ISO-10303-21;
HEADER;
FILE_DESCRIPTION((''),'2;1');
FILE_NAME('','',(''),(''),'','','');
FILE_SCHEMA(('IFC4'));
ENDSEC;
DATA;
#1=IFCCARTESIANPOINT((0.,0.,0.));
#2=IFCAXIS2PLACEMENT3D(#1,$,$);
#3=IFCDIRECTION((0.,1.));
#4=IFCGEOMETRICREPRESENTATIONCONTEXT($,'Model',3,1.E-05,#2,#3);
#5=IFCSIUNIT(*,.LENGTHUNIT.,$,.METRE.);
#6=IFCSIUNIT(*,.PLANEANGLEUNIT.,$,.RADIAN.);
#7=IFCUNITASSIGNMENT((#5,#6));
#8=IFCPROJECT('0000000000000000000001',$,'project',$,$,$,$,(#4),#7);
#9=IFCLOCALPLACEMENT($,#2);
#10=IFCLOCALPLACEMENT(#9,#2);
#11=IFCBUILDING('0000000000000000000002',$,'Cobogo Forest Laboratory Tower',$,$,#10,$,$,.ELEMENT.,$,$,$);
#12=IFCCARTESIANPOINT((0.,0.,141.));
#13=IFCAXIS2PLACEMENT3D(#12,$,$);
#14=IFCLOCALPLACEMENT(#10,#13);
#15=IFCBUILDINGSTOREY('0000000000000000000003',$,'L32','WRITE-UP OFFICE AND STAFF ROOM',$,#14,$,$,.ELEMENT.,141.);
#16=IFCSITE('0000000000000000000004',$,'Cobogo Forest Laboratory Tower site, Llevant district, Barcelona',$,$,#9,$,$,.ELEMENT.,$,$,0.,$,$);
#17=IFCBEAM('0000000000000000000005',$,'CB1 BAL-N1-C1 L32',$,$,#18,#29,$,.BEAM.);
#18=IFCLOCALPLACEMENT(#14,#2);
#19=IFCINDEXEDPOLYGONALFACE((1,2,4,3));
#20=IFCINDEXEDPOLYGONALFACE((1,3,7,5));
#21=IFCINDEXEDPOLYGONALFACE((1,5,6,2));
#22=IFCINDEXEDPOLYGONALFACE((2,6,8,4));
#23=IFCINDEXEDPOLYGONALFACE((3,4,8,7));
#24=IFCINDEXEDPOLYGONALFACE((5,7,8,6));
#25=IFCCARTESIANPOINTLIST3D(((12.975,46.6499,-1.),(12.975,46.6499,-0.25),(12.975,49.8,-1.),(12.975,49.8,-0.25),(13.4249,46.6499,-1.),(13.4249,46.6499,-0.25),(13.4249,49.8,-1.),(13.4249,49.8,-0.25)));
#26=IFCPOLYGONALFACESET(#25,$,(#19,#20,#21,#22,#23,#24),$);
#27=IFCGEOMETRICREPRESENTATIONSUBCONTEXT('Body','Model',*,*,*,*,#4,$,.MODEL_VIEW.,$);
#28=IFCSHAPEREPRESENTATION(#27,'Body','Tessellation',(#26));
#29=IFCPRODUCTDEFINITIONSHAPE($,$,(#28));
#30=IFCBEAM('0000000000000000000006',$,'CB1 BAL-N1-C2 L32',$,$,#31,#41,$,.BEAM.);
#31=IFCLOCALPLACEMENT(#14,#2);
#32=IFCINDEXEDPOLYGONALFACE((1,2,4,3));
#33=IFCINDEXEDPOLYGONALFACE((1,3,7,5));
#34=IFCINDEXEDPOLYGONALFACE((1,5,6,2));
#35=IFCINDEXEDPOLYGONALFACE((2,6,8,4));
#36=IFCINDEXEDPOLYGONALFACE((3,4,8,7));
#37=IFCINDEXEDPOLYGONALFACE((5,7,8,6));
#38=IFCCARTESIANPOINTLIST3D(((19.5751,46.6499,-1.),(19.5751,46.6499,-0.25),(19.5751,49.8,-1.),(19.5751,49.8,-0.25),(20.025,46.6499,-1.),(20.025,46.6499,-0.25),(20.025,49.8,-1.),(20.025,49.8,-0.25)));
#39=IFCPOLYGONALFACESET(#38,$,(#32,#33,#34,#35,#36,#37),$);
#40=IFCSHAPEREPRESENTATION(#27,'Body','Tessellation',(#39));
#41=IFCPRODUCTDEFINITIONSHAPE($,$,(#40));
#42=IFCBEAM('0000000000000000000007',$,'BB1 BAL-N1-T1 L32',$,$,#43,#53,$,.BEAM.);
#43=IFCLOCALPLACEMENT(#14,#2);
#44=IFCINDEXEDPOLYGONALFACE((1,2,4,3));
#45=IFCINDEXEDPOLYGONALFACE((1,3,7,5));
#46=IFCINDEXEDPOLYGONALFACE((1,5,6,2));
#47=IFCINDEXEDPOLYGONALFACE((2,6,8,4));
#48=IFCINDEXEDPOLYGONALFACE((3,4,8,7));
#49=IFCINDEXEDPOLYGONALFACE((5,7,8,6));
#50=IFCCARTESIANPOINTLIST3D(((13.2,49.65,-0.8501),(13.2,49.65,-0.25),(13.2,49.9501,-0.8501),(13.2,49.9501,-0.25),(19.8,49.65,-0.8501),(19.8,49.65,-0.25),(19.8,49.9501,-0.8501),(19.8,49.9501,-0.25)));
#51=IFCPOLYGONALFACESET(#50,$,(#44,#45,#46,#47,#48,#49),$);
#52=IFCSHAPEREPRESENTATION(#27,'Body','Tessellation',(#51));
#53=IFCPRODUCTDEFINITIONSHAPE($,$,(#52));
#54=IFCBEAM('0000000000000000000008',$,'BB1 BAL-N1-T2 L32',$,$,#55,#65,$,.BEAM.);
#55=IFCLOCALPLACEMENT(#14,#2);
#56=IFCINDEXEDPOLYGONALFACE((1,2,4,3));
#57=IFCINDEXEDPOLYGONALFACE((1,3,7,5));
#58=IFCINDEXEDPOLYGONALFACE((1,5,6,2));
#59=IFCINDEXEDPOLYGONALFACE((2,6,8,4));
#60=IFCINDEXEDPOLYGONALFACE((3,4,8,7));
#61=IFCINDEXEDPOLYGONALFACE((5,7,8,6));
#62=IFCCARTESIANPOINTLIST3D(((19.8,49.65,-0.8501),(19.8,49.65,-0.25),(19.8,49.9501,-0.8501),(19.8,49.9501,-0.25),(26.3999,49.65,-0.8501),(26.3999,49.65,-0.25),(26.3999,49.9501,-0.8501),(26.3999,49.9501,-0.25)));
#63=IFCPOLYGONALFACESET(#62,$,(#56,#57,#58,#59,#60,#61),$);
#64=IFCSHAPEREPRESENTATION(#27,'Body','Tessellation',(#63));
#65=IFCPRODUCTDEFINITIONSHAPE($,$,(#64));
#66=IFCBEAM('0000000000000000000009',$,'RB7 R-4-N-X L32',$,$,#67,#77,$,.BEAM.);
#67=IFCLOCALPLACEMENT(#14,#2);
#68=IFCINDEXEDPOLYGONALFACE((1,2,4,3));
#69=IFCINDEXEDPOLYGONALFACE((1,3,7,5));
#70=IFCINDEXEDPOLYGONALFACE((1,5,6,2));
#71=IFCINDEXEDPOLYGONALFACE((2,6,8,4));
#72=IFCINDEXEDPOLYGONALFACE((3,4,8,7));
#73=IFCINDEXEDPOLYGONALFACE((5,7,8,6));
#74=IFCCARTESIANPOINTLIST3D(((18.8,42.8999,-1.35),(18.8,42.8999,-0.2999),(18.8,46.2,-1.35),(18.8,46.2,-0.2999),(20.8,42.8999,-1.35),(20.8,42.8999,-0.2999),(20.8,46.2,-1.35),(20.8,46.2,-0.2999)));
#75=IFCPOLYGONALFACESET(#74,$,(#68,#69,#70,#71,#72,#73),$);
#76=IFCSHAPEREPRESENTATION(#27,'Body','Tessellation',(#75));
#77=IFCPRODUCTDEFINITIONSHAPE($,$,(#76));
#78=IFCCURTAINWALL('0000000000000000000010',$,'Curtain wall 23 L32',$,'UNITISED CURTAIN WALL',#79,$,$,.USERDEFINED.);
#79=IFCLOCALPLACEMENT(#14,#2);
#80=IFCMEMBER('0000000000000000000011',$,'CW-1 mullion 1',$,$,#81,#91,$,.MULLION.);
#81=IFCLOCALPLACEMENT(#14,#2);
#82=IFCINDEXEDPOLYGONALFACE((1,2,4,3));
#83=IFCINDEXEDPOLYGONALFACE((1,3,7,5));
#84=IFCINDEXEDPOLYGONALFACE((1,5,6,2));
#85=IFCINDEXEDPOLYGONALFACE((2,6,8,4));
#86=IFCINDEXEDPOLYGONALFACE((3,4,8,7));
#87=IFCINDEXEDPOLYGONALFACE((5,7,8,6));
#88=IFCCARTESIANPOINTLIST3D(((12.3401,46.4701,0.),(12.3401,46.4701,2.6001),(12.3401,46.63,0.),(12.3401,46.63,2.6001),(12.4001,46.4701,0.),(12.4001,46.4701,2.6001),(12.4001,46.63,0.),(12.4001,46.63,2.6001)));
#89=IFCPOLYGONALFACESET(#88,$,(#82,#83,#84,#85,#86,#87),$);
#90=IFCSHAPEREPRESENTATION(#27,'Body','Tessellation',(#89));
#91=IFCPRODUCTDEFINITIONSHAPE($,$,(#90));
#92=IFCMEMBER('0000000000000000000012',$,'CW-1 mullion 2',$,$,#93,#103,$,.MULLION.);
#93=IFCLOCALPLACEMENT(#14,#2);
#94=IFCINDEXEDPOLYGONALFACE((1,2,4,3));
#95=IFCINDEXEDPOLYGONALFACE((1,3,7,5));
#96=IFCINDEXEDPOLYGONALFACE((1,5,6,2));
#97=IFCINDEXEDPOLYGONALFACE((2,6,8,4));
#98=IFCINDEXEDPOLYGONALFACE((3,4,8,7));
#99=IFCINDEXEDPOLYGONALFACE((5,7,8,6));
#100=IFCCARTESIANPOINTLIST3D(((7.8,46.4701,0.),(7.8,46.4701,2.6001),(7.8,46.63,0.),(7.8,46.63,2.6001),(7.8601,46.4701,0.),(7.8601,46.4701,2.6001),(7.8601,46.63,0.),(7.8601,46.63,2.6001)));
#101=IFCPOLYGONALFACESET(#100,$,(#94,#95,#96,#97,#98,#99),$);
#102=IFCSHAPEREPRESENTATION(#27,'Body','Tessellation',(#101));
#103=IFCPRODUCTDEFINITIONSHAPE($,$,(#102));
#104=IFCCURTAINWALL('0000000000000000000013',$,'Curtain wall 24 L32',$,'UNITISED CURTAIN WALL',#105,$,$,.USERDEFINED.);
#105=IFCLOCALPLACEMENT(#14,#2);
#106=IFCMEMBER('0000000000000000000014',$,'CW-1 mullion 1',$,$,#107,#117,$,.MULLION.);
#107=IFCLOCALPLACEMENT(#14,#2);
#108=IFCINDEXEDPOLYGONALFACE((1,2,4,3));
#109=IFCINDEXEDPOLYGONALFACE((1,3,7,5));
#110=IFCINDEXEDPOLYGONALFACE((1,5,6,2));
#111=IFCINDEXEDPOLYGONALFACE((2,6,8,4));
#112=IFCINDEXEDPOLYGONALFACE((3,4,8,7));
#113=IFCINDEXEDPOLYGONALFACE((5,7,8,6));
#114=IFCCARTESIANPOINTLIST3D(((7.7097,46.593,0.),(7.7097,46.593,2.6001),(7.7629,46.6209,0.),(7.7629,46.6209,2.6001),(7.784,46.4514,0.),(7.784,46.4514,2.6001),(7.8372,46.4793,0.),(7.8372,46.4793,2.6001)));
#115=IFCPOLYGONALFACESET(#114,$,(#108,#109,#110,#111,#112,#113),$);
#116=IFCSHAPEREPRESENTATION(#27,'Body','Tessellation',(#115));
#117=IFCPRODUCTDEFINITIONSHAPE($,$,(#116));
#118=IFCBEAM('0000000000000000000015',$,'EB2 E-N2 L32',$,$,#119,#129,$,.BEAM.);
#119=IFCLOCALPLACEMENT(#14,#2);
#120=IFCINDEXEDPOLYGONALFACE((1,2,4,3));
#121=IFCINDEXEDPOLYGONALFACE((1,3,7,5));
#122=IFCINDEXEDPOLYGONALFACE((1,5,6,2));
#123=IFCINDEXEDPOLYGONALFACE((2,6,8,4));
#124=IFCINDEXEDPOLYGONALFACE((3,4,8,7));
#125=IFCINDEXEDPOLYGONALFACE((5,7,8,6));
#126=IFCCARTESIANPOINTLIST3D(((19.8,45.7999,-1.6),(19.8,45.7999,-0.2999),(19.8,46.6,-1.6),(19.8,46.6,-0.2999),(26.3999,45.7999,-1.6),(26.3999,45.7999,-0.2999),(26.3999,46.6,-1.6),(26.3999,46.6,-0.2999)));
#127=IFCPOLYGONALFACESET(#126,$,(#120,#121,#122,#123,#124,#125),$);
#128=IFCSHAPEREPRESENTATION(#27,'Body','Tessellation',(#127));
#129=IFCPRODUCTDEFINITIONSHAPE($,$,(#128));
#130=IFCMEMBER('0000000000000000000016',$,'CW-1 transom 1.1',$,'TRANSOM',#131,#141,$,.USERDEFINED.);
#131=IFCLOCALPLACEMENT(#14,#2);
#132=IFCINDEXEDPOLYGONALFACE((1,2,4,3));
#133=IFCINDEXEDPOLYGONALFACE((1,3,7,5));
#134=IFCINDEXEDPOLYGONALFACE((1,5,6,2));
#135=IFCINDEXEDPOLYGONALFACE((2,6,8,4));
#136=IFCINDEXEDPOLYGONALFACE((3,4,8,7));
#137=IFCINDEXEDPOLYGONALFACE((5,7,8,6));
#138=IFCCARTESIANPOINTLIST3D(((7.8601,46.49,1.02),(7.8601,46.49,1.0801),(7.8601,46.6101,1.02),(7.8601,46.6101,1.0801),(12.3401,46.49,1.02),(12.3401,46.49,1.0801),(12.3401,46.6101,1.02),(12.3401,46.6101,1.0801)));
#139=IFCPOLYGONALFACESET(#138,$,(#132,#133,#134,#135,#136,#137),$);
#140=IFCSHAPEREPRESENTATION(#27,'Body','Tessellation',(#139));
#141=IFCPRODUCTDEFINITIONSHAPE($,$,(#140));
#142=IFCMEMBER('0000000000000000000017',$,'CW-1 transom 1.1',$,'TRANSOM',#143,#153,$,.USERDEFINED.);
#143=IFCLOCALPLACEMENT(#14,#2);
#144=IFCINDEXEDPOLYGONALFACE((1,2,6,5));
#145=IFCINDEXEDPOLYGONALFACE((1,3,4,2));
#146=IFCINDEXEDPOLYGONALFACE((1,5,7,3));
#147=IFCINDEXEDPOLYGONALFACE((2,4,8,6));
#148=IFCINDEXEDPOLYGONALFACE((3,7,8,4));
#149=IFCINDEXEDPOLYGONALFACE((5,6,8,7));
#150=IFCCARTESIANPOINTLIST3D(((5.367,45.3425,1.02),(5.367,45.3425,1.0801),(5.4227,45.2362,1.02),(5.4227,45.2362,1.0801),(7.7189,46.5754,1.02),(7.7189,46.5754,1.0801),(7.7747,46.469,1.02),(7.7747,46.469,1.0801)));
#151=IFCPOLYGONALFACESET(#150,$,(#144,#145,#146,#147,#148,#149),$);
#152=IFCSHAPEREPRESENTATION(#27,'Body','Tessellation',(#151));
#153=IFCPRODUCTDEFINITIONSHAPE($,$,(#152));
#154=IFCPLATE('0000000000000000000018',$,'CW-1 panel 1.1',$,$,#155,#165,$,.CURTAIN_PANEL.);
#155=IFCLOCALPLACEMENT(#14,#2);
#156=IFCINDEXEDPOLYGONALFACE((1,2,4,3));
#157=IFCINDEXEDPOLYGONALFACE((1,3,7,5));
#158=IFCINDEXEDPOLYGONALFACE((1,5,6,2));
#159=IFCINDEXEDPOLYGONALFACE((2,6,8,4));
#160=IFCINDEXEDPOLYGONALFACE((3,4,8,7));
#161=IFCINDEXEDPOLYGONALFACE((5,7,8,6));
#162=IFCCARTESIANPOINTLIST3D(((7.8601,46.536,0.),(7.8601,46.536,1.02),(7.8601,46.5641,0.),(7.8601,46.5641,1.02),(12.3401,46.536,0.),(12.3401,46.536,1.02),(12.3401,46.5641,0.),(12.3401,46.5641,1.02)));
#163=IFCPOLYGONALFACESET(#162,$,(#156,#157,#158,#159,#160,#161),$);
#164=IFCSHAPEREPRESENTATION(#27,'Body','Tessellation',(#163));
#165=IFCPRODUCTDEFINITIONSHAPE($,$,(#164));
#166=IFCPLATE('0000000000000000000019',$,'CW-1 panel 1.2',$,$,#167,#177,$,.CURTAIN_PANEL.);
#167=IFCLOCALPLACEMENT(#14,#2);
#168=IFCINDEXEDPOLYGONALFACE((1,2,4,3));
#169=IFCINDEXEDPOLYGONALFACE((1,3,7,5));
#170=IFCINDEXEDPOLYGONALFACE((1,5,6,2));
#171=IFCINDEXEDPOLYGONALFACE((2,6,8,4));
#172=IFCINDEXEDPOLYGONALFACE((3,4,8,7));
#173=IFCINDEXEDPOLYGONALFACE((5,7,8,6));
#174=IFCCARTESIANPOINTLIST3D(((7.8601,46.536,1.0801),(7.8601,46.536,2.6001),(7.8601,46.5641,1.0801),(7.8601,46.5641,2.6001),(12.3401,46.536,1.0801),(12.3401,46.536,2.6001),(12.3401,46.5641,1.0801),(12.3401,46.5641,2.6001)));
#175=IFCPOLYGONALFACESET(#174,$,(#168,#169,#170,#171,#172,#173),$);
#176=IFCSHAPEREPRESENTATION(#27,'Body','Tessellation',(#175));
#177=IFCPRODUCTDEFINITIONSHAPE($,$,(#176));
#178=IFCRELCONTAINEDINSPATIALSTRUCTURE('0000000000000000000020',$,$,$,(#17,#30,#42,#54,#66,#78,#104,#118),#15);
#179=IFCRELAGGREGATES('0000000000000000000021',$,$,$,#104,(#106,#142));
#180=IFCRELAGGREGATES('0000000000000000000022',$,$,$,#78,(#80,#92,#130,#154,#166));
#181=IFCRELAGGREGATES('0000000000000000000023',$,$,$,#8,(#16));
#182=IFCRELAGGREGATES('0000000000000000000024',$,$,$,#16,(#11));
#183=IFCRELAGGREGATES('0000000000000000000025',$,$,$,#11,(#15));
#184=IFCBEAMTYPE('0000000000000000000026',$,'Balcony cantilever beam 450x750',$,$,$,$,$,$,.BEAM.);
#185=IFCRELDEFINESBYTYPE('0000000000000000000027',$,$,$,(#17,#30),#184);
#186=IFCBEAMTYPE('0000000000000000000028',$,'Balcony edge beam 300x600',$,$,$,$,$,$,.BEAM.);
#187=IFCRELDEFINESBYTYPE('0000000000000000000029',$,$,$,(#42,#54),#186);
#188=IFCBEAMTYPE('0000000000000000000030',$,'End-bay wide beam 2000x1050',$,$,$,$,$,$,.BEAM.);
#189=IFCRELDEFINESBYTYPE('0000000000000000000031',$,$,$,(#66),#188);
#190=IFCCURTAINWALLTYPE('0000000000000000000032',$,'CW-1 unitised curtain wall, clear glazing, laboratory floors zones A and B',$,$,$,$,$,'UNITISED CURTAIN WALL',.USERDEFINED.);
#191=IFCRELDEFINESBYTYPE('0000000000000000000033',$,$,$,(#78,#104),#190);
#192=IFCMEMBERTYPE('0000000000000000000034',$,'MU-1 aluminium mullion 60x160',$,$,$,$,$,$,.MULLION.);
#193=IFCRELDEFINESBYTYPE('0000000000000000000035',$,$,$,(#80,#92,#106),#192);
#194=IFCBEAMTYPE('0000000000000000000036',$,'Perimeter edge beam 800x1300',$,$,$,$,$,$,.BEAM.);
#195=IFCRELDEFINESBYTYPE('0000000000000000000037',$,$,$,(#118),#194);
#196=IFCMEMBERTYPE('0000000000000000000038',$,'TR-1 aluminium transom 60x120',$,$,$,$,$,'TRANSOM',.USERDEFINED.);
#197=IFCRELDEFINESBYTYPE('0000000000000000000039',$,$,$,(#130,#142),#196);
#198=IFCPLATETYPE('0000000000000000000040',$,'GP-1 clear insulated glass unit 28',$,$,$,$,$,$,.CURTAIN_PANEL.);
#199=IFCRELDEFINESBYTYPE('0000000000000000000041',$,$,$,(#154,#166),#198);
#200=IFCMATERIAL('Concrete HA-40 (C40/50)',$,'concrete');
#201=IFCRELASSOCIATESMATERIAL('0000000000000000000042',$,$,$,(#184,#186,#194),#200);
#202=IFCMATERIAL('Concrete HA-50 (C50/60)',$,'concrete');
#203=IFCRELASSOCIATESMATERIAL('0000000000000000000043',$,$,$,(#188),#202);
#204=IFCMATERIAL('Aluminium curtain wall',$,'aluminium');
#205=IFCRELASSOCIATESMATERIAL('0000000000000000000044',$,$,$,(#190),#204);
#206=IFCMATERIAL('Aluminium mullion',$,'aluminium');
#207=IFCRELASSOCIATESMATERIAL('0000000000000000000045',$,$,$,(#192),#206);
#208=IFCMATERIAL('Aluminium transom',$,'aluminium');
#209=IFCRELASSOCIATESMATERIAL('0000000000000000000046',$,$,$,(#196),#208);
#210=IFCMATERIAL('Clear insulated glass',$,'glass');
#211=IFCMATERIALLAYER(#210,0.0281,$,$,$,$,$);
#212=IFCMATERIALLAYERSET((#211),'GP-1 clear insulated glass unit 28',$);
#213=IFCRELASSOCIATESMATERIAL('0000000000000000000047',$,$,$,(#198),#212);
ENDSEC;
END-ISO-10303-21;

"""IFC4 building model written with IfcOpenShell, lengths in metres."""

from ifc_helpers import new_model, si_unit, direction, frame, origin, origin_2d, place, context, subcontext, project, spatial, rectangle, extrude, material, layer, layer_set, material_profile, profile_set, type_object, element, aggregate, save


model = new_model("IFC4")

# Units and contexts
model_context = context("Model", 3, precision=1e-05, world=origin(), true_north=direction((0.0, 1.0)))
body_context = subcontext(model_context, "Body", "Model", "MODEL_VIEW")
ifc_project = project(units=[si_unit("LENGTHUNIT", "METRE"), si_unit("PLANEANGLEUNIT", "RADIAN")], contexts=[model_context])

# Site, building, storey
site_placement = place(None, origin())
site = spatial("IfcSite", under=ifc_project, at=site_placement, Name="Cobogo Forest Laboratory Tower site, Llevant district, Barcelona", CompositionType="ELEMENT", RefElevation=0.0)
building_placement = place(site_placement, origin())
building = spatial("IfcBuilding", under=site, at=building_placement, Name="Cobogo Forest Laboratory Tower", CompositionType="ELEMENT")
storey_placement = place(building_placement, frame((0.0, 0.0, 141.0)))
storey = spatial("IfcBuildingStorey", under=building, at=storey_placement, Name="L32", Description="WRITE-UP OFFICE AND STAFF ROOM", CompositionType="ELEMENT", Elevation=141.0)

# Beams
ifc_material_1 = material(Name="Concrete HA-40 (C40/50)", Category="concrete")
ifc_material_profile_1 = material_profile(ifc_material_1, rectangle(XDim=0.45, YDim=0.75, at=origin_2d()), Name="RC 450x750")
ifc_profile_set_1 = profile_set([ifc_material_profile_1], Name="Concrete HA-40 (C40/50)")
beam_type_1 = type_object("IfcBeamType", Name="Balcony cantilever beam 450x750", PredefinedType="BEAM", material=ifc_profile_set_1)
for number, where, z_axis, x_axis, name in (
    (1, (13.2, 46.6499, -0.625), (0.0, 1.0, 0.0), (-1.0, 0.0, 0.0), "CB1 BAL-N1-C1 L32"),
    (2, (19.8, 46.6499, -0.625), (0.0, 1.0, 0.0), (-1.0, 0.0, 0.0), "CB1 BAL-N1-C2 L32"),
):
    element("IfcBeam", number, at=place(storey_placement, frame(where, z_axis=z_axis, x_axis=x_axis)), inside=storey, type_object=beam_type_1, Name=name, PredefinedType="BEAM", context=body_context, shape_type="SweptSolid", body=[
        extrude(rectangle(XDim=0.45, YDim=0.75, at=origin_2d()), origin(), (0.0, 0.0, 1.0), 3.1501),
    ])
ifc_material_profile_2 = material_profile(ifc_material_1, rectangle(XDim=0.3, YDim=0.6001, at=origin_2d()), Name="RC 300x600")
ifc_profile_set_2 = profile_set([ifc_material_profile_2], Name="Concrete HA-40 (C40/50)")
beam_type_2 = type_object("IfcBeamType", Name="Balcony edge beam 300x600", PredefinedType="BEAM", material=ifc_profile_set_2)
beam_1_placement = place(storey_placement, frame((13.2, 49.8, -0.55), z_axis=(1.0, 0.0, 0.0), x_axis=(0.0, 1.0, 0.0)))
element("IfcBeam", 3, at=beam_1_placement, inside=storey, type_object=beam_type_2, Name="BB1 BAL-N1-T1 L32", PredefinedType="BEAM", context=body_context, shape_type="SweptSolid", body=[
    extrude(rectangle(XDim=0.3, YDim=0.6001, at=origin_2d()), origin(), (0.0, 0.0, 1.0), 6.6001),
])
beam_2_placement = place(storey_placement, frame((19.8, 49.8, -0.55), z_axis=(1.0, 0.0, 0.0), x_axis=(0.0, 1.0, 0.0)))
element("IfcBeam", 4, at=beam_2_placement, inside=storey, type_object=beam_type_2, Name="BB1 BAL-N1-T2 L32", PredefinedType="BEAM", context=body_context, shape_type="SweptSolid", body=[
    extrude(rectangle(XDim=0.3, YDim=0.6001, at=origin_2d()), origin(), (0.0, 0.0, 1.0), 6.5999),
])
ifc_material_2 = material(Name="Concrete HA-50 (C50/60)", Category="concrete")
ifc_material_profile_3 = material_profile(ifc_material_2, rectangle(XDim=2.0, YDim=1.05, at=origin_2d()), Name="RC 2000x1050")
ifc_profile_set_3 = profile_set([ifc_material_profile_3], Name="Concrete HA-50 (C50/60)")
beam_type_3 = type_object("IfcBeamType", Name="End-bay wide beam 2000x1050", PredefinedType="BEAM", material=ifc_profile_set_3)
beam_3_placement = place(storey_placement, frame((19.8, 46.2, -0.825), z_axis=(0.0, -1.0, 0.0), x_axis=(1.0, 0.0, 0.0)))
element("IfcBeam", 5, at=beam_3_placement, inside=storey, type_object=beam_type_3, Name="RB7 R-4-N-X L32", PredefinedType="BEAM", context=body_context, shape_type="SweptSolid", body=[
    extrude(rectangle(XDim=2.0, YDim=1.05, at=origin_2d()), origin(), (0.0, 0.0, 1.0), 3.3),
])

# Curtain wall, members
ifc_material_3 = material(Name="Aluminium curtain wall", Category="aluminium")
curtain_wall_type = type_object("IfcCurtainWallType", Name="CW-1 unitised curtain wall, clear glazing, laboratory floors zones A and B", ElementType="UNITISED CURTAIN WALL", PredefinedType="USERDEFINED", material=ifc_material_3)
curtain_wall_1_placement = place(storey_placement, origin())
curtain_wall_1 = element("IfcCurtainWall", 6, at=curtain_wall_1_placement, inside=storey, type_object=curtain_wall_type, Name="Curtain wall 23 L32", ObjectType="UNITISED CURTAIN WALL", PredefinedType="USERDEFINED")
ifc_material_4 = material(Name="Aluminium mullion", Category="aluminium")
ifc_material_profile_4 = material_profile(ifc_material_4, rectangle(XDim=0.0601, YDim=0.1599, at=origin_2d()), Name="AL 60x160")
ifc_profile_set_4 = profile_set([ifc_material_profile_4], Name="Aluminium mullion")
member_type_1 = type_object("IfcMemberType", Name="MU-1 aluminium mullion 60x160", PredefinedType="MULLION", material=ifc_profile_set_4)
member_1_placement = place(storey_placement, frame((12.3701, 46.55, 0.0), z_axis=(0.0, 0.0, 1.0), x_axis=(-1.0, 0.0, 0.0)))
member_1 = element("IfcMember", 7, at=member_1_placement, type_object=member_type_1, Name="CW-1 mullion 1", PredefinedType="MULLION", context=body_context, shape_type="SweptSolid", body=[
    extrude(rectangle(XDim=0.0601, YDim=0.1599, at=origin_2d()), origin(), (0.0, 0.0, 1.0), 2.6001),
])
member_2_placement = place(storey_placement, frame((7.8301, 46.55, 0.0), z_axis=(0.0, 0.0, 1.0), x_axis=(-1.0, 0.0, 0.0)))
member_2 = element("IfcMember", 8, at=member_2_placement, type_object=member_type_1, Name="CW-1 mullion 2", PredefinedType="MULLION", context=body_context, shape_type="SweptSolid", body=[
    extrude(rectangle(XDim=0.0601, YDim=0.1599, at=origin_2d()), origin(), (0.0, 0.0, 1.0), 2.6001),
])

# Curtain wall, member
curtain_wall_2_placement = place(storey_placement, origin())
curtain_wall_2 = element("IfcCurtainWall", 9, at=curtain_wall_2_placement, inside=storey, type_object=curtain_wall_type, Name="Curtain wall 24 L32", ObjectType="UNITISED CURTAIN WALL", PredefinedType="USERDEFINED")
member_3_placement = place(storey_placement, frame((7.7734, 46.5361, 0.0), z_axis=(0.0, 0.0, 1.0), x_axis=(-0.885687, -0.464284, 0.0)))
member_3 = element("IfcMember", 10, at=member_3_placement, type_object=member_type_1, Name="CW-1 mullion 1", PredefinedType="MULLION", context=body_context, shape_type="SweptSolid", body=[
    extrude(rectangle(XDim=0.0601, YDim=0.1599, at=origin_2d()), origin(), (0.0, 0.0, 1.0), 2.6001),
])

# Beam
ifc_material_profile_5 = material_profile(ifc_material_1, rectangle(XDim=0.8, YDim=1.3, at=origin_2d()), Name="RC 800x1300")
ifc_profile_set_5 = profile_set([ifc_material_profile_5], Name="Concrete HA-40 (C40/50)")
beam_type_4 = type_object("IfcBeamType", Name="Perimeter edge beam 800x1300", PredefinedType="BEAM", material=ifc_profile_set_5)
beam_4_placement = place(storey_placement, frame((19.8, 46.2, -0.95), z_axis=(1.0, 0.0, 0.0), x_axis=(0.0, 1.0, 0.0)))
element("IfcBeam", 11, at=beam_4_placement, inside=storey, type_object=beam_type_4, Name="EB2 E-N2 L32", PredefinedType="BEAM", context=body_context, shape_type="SweptSolid", body=[
    extrude(rectangle(XDim=0.8, YDim=1.3, at=origin_2d()), origin(), (0.0, 0.0, 1.0), 6.5999),
])

# Members
ifc_material_5 = material(Name="Aluminium transom", Category="aluminium")
ifc_material_profile_6 = material_profile(ifc_material_5, rectangle(XDim=0.1201, YDim=0.0601, at=origin_2d()), Name="AL 60x120")
ifc_profile_set_6 = profile_set([ifc_material_profile_6], Name="Aluminium transom")
member_type_2 = type_object("IfcMemberType", Name="TR-1 aluminium transom 60x120", ElementType="TRANSOM", PredefinedType="USERDEFINED", material=ifc_profile_set_6)
member_4_placement = place(storey_placement, frame((12.3401, 46.55, 1.05), z_axis=(-1.0, 0.0, 0.0), x_axis=(0.0, -1.0, 0.0)))
member_4 = element("IfcMember", 12, at=member_4_placement, type_object=member_type_2, Name="CW-1 transom 1.1", ObjectType="TRANSOM", PredefinedType="USERDEFINED", context=body_context, shape_type="SweptSolid", body=[
    extrude(rectangle(XDim=0.1201, YDim=0.0601, at=origin_2d()), origin(), (0.0, 0.0, 1.0), 4.48),
])
member_5_placement = place(storey_placement, frame((7.7468, 46.5222, 1.05), z_axis=(-0.885695, -0.464268, 0.0), x_axis=(0.464268, -0.885695, 0.0)))
member_5 = element("IfcMember", 13, at=member_5_placement, type_object=member_type_2, Name="CW-1 transom 1.1", ObjectType="TRANSOM", PredefinedType="USERDEFINED", context=body_context, shape_type="SweptSolid", body=[
    extrude(rectangle(XDim=0.1201, YDim=0.0601, at=origin_2d()), origin(), (0.0, 0.0, 1.0), 2.6555),
])
aggregate(curtain_wall_2, [member_3, member_5])

# Plates
ifc_material_6 = material(Name="Clear insulated glass", Category="glass")
ifc_layer_1 = layer(ifc_material_6, 0.0281)
ifc_layer_set_1 = layer_set([ifc_layer_1], Name="GP-1 clear insulated glass unit 28")
plate_type = type_object("IfcPlateType", Name="GP-1 clear insulated glass unit 28", PredefinedType="CURTAIN_PANEL", material=ifc_layer_set_1)
plate_1_placement = place(storey_placement, frame((10.1001, 46.55, 0.0), z_axis=(0.0, 0.0, 1.0), x_axis=(-1.0, 0.0, 0.0)))
plate_1 = element("IfcPlate", 14, at=plate_1_placement, type_object=plate_type, Name="CW-1 panel 1.1", PredefinedType="CURTAIN_PANEL", context=body_context, shape_type="SweptSolid", body=[
    extrude(rectangle(XDim=4.48, YDim=0.0281, at=origin_2d()), origin(), (0.0, 0.0, 1.0), 1.02),
])
plate_2_placement = place(storey_placement, frame((10.1001, 46.55, 1.0801), z_axis=(0.0, 0.0, 1.0), x_axis=(-1.0, 0.0, 0.0)))
plate_2 = element("IfcPlate", 15, at=plate_2_placement, type_object=plate_type, Name="CW-1 panel 1.2", PredefinedType="CURTAIN_PANEL", context=body_context, shape_type="SweptSolid", body=[
    extrude(rectangle(XDim=4.48, YDim=0.0281, at=origin_2d()), origin(), (0.0, 0.0, 1.0), 1.52),
])
aggregate(curtain_wall_1, [member_1, member_2, member_4, plate_1, plate_2])

save(model, "model.ifc")
